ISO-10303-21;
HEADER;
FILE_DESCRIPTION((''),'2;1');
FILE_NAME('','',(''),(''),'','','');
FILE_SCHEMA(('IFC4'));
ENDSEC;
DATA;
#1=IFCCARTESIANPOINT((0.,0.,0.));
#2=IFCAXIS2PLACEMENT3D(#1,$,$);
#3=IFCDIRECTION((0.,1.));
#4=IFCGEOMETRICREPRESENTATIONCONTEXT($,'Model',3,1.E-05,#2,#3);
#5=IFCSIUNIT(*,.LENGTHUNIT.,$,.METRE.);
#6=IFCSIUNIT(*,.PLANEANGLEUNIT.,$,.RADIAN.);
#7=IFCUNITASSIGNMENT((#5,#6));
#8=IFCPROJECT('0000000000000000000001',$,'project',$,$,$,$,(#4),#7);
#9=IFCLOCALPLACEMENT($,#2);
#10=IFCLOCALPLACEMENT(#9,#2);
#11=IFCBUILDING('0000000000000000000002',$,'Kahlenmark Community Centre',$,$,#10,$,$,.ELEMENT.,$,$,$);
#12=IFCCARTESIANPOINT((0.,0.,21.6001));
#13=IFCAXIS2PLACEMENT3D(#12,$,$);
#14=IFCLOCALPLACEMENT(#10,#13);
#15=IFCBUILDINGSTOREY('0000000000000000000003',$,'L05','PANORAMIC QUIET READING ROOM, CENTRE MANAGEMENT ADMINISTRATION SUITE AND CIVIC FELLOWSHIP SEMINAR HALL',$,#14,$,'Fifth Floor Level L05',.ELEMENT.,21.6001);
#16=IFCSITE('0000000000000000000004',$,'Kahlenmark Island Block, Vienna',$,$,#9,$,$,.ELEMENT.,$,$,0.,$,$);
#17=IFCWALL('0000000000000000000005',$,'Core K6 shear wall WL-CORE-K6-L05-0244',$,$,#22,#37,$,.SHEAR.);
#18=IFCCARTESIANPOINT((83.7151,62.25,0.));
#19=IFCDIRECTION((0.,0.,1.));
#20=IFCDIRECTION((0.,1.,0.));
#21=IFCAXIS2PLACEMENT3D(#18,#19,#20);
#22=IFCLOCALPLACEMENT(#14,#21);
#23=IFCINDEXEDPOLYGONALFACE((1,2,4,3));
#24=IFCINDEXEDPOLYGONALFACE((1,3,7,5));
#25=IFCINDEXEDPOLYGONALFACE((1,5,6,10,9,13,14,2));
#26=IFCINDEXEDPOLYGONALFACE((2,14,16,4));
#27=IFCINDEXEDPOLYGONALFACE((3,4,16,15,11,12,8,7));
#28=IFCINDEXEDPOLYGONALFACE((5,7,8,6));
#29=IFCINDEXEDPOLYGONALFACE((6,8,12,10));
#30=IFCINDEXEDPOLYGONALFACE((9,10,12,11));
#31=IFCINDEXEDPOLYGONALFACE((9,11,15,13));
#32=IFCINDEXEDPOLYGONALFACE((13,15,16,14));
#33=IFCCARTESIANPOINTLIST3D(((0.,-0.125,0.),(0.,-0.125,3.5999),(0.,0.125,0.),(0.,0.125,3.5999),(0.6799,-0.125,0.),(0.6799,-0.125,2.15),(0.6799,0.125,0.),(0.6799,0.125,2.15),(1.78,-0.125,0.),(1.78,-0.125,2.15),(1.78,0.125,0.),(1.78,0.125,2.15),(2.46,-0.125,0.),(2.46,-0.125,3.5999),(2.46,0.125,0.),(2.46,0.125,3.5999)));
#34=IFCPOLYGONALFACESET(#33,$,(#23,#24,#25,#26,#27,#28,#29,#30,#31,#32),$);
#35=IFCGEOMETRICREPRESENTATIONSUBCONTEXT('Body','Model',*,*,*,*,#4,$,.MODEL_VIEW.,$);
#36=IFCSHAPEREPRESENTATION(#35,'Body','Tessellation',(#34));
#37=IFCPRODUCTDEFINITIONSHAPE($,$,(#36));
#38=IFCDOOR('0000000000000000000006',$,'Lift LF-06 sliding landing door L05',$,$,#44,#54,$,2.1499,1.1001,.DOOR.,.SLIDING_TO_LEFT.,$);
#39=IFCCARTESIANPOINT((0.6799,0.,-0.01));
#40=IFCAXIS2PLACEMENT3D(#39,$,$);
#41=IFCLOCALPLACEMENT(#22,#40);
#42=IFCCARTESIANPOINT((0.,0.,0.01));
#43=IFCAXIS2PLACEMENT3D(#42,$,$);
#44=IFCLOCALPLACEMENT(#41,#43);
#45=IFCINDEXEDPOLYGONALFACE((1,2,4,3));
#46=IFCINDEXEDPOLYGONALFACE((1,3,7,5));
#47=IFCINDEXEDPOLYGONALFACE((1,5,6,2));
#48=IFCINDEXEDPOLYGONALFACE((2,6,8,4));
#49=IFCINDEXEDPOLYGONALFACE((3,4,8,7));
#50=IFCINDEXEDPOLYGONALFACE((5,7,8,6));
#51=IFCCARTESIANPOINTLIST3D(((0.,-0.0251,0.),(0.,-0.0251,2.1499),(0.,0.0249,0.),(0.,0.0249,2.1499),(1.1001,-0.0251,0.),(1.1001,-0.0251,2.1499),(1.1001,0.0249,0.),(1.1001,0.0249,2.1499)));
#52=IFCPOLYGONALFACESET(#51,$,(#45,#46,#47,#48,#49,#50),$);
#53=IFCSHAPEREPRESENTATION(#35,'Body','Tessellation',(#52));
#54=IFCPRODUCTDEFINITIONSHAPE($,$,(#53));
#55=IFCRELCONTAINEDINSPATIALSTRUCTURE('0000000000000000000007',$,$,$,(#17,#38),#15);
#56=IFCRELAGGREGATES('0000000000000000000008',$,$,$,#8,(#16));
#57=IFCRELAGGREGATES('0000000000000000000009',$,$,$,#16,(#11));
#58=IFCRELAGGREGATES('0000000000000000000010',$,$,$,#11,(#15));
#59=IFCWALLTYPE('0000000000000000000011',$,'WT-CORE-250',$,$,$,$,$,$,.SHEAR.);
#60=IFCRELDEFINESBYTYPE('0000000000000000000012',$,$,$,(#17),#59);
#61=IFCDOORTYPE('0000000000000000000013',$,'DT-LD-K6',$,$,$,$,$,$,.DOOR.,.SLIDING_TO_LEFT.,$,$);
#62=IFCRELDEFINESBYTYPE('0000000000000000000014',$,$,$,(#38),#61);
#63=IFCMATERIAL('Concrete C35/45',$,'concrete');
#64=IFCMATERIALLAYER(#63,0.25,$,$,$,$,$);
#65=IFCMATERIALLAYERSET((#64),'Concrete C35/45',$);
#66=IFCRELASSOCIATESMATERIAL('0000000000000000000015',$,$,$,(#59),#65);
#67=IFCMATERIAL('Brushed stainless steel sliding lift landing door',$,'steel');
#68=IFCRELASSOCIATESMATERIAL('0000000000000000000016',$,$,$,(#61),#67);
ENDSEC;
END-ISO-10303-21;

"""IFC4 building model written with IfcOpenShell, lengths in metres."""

from ifc_helpers import new_model, si_unit, direction, frame, frame_2d, origin, place, context, subcontext, project, spatial, rectangle, extrude, material, layer, layer_set, type_object, element, fill, save


model = new_model("IFC4")

# Units and contexts
model_context = context("Model", 3, precision=1e-05, world=origin(), true_north=direction((0.0, 1.0)))
body_context = subcontext(model_context, "Body", "Model", "MODEL_VIEW")
ifc_project = project(units=[si_unit("LENGTHUNIT", "METRE"), si_unit("PLANEANGLEUNIT", "RADIAN")], contexts=[model_context])

# Site, building, storey
site_placement = place(None, origin())
site = spatial("IfcSite", under=ifc_project, at=site_placement, Name="Kahlenmark Island Block, Vienna", CompositionType="ELEMENT", RefElevation=0.0)
building_placement = place(site_placement, origin())
building = spatial("IfcBuilding", under=site, at=building_placement, Name="Kahlenmark Community Centre", CompositionType="ELEMENT")
storey_placement = place(building_placement, frame((0.0, 0.0, 21.6001)))
storey = spatial("IfcBuildingStorey", under=building, at=storey_placement, Name="L05", Description="PANORAMIC QUIET READING ROOM, CENTRE MANAGEMENT ADMINISTRATION SUITE AND CIVIC FELLOWSHIP SEMINAR HALL", LongName="Fifth Floor Level L05", CompositionType="ELEMENT", Elevation=21.6001)

# Shared definitions
ifc_material_1 = material(Name="Concrete C35/45", Category="concrete")
ifc_layer_1 = layer(ifc_material_1, 0.25)
ifc_layer_set_1 = layer_set([ifc_layer_1], Name="Concrete C35/45")
wall_type_1 = type_object("IfcWallType", Name="WT-CORE-250", PredefinedType="SHEAR", material=ifc_layer_set_1)

# Wall, opening, door
wall_1_placement = place(storey_placement, frame((83.7151, 62.25, 0.0), z_axis=(0.0, 0.0, 1.0), x_axis=(0.0, 1.0, 0.0)))
wall_1 = element("IfcWall", 1, at=wall_1_placement, inside=storey, type_object=wall_type_1, Name="Core K6 shear wall WL-CORE-K6-L05-0244", PredefinedType="SHEAR", context=body_context, shape_type="SweptSolid", body=[
    extrude(rectangle(XDim=2.46, YDim=0.25, at=frame_2d((1.23, 0.0))), origin(), (0.0, 0.0, 1.0), 3.5999),
])
opening_1_placement = place(wall_1_placement, frame((0.6799, 0.0, -0.01)))
opening_1 = element("IfcOpeningElement", 2, at=opening_1_placement, cuts=wall_1, PredefinedType="OPENING", context=body_context, shape_type="SweptSolid", body=[
    extrude(rectangle(XDim=1.1001, YDim=2.1599, at=frame_2d((0.55, 1.0801))), frame((0.0, 0.135, 0.0), z_axis=(0.0, -1.0, 0.0), x_axis=(1.0, 0.0, 0.0)), (0.0, 0.0, 1.0), 0.27),
])
ifc_material_2 = material(Name="Brushed stainless steel sliding lift landing door", Category="steel")
door_type = type_object("IfcDoorType", Name="DT-LD-K6", OperationType="SLIDING_TO_LEFT", PredefinedType="DOOR", material=ifc_material_2)
door_placement = place(opening_1_placement, frame((0.0, 0.0, 0.01)))
door = element("IfcDoor", 3, at=door_placement, inside=storey, type_object=door_type, Name="Lift LF-06 sliding landing door L05", OperationType="SLIDING_TO_LEFT", OverallHeight=2.1499, OverallWidth=1.1001, PredefinedType="DOOR", context=body_context, shape_type="SweptSolid", body=[
    extrude(rectangle(XDim=1.1001, YDim=2.1499, at=frame_2d((0.55, 1.075))), frame((0.0, 0.0249, 0.0), z_axis=(0.0, -1.0, 0.0), x_axis=(1.0, 0.0, 0.0)), (0.0, 0.0, 1.0), 0.05),
])
fill(opening_1, door)

save(model, "model.ifc")
